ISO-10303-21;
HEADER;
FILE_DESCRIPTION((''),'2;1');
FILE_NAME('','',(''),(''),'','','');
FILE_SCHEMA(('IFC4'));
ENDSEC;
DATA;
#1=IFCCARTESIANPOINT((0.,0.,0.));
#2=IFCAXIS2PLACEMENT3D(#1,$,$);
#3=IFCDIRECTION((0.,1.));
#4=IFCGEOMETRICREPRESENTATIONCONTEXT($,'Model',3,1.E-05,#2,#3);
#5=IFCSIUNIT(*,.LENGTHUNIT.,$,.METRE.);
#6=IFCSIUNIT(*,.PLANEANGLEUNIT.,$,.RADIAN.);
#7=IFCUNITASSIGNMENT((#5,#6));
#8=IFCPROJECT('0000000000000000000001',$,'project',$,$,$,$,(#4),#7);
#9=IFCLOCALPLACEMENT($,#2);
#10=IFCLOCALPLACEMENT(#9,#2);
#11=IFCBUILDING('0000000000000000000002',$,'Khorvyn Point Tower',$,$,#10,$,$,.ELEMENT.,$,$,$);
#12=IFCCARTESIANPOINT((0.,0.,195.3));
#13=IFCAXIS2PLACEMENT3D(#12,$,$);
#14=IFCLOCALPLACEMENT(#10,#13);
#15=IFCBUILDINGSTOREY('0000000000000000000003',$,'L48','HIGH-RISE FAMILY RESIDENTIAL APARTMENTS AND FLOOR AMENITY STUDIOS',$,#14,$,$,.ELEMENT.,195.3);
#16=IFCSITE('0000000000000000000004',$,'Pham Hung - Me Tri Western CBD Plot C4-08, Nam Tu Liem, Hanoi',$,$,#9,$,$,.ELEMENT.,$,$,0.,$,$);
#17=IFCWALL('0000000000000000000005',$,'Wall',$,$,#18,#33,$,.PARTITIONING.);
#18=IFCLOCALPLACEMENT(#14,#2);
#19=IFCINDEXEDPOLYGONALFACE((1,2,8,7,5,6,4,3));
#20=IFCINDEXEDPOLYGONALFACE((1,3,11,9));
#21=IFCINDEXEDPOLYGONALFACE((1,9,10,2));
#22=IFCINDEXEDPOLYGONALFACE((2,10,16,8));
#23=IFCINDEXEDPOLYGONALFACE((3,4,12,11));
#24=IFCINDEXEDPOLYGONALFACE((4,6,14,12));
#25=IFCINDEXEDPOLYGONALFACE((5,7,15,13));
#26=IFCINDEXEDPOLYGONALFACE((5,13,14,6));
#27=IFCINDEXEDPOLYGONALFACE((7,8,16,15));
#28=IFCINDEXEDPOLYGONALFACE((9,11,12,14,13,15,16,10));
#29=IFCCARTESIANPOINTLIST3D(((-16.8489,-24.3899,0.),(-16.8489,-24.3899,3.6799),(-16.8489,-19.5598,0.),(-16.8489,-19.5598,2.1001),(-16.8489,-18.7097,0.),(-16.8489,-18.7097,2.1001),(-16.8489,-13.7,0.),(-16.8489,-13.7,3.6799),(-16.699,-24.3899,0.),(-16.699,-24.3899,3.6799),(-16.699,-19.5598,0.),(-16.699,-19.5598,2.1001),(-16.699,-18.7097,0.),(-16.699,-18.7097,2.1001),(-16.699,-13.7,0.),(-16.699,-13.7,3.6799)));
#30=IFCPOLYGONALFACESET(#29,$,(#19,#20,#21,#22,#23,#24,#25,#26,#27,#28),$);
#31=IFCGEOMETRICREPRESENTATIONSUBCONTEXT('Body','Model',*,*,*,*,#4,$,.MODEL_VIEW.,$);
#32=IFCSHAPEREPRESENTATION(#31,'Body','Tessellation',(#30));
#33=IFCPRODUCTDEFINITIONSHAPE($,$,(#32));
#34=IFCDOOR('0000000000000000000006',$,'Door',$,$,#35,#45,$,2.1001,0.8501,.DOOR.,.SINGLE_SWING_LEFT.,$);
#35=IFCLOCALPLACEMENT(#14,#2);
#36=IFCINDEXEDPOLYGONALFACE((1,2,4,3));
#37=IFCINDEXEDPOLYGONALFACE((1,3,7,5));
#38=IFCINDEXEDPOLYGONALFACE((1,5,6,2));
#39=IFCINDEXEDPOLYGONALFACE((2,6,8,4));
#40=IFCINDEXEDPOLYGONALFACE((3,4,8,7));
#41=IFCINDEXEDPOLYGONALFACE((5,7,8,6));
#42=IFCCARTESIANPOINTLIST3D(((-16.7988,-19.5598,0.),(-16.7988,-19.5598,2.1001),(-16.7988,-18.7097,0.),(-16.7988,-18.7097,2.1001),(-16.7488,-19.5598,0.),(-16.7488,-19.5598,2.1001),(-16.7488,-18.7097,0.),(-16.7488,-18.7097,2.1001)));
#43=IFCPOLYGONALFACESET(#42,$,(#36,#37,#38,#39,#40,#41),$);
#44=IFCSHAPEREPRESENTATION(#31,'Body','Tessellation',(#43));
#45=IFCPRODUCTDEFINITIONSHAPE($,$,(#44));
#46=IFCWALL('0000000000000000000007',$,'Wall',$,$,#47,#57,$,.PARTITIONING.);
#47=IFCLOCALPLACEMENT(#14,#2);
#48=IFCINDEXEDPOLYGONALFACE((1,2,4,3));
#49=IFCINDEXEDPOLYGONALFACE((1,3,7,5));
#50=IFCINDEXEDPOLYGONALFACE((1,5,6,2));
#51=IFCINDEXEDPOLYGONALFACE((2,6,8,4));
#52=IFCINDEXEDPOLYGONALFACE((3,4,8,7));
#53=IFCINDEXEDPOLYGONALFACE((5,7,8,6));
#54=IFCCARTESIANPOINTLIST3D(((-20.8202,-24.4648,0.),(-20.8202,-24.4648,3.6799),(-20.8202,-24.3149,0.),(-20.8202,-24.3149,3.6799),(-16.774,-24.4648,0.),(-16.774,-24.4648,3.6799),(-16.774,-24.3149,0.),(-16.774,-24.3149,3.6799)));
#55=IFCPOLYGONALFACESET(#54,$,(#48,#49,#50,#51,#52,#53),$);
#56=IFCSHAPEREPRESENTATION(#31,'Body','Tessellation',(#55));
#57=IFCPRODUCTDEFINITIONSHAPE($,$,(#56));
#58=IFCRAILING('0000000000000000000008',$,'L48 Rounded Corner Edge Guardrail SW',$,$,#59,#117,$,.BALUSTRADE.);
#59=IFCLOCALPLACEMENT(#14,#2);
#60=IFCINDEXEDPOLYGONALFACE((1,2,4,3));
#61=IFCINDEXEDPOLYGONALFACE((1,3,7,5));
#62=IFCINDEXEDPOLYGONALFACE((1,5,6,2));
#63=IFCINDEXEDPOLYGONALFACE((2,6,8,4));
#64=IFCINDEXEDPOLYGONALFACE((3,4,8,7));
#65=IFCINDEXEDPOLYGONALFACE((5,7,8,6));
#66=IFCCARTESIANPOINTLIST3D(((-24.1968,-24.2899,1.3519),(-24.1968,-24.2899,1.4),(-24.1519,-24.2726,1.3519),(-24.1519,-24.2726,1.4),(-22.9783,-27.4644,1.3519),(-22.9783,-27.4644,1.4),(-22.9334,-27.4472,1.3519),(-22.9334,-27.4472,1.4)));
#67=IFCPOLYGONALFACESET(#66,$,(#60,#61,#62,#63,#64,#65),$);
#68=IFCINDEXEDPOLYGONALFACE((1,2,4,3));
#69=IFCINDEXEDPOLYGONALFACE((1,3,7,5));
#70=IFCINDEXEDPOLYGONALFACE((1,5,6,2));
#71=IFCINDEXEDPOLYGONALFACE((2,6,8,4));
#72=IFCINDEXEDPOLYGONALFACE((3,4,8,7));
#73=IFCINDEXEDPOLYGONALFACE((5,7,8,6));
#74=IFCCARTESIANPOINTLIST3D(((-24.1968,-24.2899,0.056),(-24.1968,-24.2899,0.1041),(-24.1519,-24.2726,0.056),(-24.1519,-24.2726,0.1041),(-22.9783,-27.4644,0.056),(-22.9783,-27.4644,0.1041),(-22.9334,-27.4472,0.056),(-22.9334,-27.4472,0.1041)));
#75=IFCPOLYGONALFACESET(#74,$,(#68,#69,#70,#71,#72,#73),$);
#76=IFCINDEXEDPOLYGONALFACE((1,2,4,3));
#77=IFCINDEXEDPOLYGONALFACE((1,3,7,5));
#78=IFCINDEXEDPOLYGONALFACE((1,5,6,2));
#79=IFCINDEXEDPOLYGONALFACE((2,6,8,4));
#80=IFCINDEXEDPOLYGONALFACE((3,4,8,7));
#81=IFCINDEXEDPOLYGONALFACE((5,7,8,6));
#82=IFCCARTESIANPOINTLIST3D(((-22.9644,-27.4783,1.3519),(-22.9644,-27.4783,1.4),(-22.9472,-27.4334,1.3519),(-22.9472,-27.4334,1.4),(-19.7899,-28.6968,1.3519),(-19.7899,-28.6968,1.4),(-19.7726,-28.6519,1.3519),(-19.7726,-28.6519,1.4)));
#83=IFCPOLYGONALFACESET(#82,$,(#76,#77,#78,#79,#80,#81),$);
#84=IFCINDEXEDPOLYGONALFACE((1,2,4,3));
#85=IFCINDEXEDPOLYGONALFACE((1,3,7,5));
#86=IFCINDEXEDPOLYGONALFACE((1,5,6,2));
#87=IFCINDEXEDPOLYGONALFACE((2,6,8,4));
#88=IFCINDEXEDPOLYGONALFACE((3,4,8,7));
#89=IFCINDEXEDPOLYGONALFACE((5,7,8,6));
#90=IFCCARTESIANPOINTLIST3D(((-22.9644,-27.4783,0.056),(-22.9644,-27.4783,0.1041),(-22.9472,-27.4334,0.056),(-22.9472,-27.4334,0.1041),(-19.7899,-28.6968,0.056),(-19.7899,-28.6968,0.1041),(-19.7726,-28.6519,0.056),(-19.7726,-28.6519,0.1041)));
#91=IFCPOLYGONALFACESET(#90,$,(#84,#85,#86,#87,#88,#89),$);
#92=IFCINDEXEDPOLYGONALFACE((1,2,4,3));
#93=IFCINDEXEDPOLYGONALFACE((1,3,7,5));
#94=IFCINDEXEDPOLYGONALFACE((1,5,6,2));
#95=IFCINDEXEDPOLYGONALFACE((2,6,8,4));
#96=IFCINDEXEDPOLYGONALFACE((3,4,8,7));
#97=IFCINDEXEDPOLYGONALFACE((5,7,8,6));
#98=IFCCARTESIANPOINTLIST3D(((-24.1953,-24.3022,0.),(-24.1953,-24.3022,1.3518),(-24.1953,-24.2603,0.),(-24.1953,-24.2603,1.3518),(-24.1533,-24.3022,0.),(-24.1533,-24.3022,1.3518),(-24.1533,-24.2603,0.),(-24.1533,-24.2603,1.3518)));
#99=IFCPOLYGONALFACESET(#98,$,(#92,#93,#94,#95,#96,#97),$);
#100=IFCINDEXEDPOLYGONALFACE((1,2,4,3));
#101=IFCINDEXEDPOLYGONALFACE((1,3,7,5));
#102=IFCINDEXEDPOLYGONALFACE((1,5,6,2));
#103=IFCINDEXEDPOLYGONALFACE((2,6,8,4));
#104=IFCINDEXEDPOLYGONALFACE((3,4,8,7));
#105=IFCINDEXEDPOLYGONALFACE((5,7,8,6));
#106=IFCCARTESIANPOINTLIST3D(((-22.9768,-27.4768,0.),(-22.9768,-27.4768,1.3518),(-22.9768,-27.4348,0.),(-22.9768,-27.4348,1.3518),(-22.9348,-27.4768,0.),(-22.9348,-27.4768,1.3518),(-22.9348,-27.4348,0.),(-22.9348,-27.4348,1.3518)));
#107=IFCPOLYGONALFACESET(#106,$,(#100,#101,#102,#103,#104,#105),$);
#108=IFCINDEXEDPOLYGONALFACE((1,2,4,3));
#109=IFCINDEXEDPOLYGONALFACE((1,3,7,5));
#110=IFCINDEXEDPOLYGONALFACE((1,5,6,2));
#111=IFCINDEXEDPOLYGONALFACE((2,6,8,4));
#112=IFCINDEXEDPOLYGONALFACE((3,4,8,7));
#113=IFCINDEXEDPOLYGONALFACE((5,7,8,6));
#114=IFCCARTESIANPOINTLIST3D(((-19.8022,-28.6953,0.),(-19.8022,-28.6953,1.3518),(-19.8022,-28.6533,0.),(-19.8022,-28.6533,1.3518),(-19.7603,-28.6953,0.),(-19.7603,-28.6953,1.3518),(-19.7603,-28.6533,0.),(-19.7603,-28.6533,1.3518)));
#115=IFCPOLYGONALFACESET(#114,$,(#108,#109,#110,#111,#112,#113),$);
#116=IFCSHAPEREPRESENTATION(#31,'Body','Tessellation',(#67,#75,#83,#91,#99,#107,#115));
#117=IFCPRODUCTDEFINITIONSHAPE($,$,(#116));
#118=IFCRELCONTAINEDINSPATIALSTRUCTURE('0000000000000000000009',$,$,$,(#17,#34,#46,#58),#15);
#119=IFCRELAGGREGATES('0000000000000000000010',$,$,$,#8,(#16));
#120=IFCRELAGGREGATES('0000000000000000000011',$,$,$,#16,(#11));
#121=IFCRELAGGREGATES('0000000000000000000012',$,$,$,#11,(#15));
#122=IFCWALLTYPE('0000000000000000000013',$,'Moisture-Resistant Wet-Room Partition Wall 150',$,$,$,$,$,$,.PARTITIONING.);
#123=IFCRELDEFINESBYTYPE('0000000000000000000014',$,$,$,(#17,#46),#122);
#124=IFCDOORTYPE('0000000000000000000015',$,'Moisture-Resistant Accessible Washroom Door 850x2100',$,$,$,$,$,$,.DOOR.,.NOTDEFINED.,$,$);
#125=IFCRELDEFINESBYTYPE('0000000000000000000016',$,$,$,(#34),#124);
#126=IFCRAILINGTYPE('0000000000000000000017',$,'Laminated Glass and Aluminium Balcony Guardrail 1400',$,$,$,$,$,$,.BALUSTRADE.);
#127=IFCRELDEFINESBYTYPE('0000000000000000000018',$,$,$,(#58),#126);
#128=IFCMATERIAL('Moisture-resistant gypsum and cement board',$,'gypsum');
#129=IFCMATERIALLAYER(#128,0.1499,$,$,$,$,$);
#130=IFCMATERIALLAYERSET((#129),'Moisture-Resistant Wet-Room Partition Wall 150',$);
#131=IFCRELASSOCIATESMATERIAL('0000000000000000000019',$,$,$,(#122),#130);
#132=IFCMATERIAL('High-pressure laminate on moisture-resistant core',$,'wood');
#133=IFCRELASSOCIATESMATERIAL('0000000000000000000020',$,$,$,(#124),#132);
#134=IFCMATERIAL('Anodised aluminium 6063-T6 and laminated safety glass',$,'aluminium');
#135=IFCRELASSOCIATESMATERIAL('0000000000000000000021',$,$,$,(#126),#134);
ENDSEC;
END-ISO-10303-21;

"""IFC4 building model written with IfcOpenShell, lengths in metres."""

from ifc_helpers import new_model, si_unit, direction, frame, frame_2d, origin, origin_2d, place, context, subcontext, project, spatial, rectangle, extrude, material, layer, layer_set, type_object, element, fill, save


model = new_model("IFC4")

# Units and contexts
model_context = context("Model", 3, precision=1e-05, world=origin(), true_north=direction((0.0, 1.0)))
body_context = subcontext(model_context, "Body", "Model", "MODEL_VIEW")
ifc_project = project(units=[si_unit("LENGTHUNIT", "METRE"), si_unit("PLANEANGLEUNIT", "RADIAN")], contexts=[model_context])

# Site, building, storey
site_placement = place(None, origin())
site = spatial("IfcSite", under=ifc_project, at=site_placement, Name="Pham Hung - Me Tri Western CBD Plot C4-08, Nam Tu Liem, Hanoi", CompositionType="ELEMENT", RefElevation=0.0)
building_placement = place(site_placement, origin())
building = spatial("IfcBuilding", under=site, at=building_placement, Name="Khorvyn Point Tower", CompositionType="ELEMENT")
storey_placement = place(building_placement, frame((0.0, 0.0, 195.3)))
storey = spatial("IfcBuildingStorey", under=building, at=storey_placement, Name="L48", Description="HIGH-RISE FAMILY RESIDENTIAL APARTMENTS AND FLOOR AMENITY STUDIOS", CompositionType="ELEMENT", Elevation=195.3)

# Wall, opening, door
ifc_material_1 = material(Name="Moisture-resistant gypsum and cement board", Category="gypsum")
ifc_layer_1 = layer(ifc_material_1, 0.1499)
ifc_layer_set_1 = layer_set([ifc_layer_1], Name="Moisture-Resistant Wet-Room Partition Wall 150")
wall_type_1 = type_object("IfcWallType", Name="Moisture-Resistant Wet-Room Partition Wall 150", PredefinedType="PARTITIONING", material=ifc_layer_set_1)
wall_1_placement = place(storey_placement, frame((-16.7739, -24.3899, 0.0), z_axis=(0.0, 0.0, 1.0), x_axis=(0.0, 1.0, 0.0)))
wall_1 = element("IfcWall", 1, at=wall_1_placement, inside=storey, type_object=wall_type_1, Name="Wall", PredefinedType="PARTITIONING", context=body_context, shape_type="SweptSolid", body=[
    extrude(rectangle(XDim=10.6899, YDim=0.1499, at=frame_2d((5.345, 0.0))), origin(), (0.0, 0.0, 1.0), 3.6799),
])
opening_1_placement = place(wall_1_placement, frame((4.8301, 0.0, 0.0)))
opening_1 = element("IfcOpeningElement", 2, at=opening_1_placement, cuts=wall_1, PredefinedType="OPENING", context=body_context, shape_type="SweptSolid", body=[
    extrude(rectangle(XDim=0.8501, YDim=2.1001, at=frame_2d((0.425, 1.05))), frame((0.0, 0.085, 0.0), z_axis=(0.0, -1.0, 0.0), x_axis=(1.0, 0.0, 0.0)), (0.0, 0.0, 1.0), 0.1699),
])
ifc_material_2 = material(Name="High-pressure laminate on moisture-resistant core", Category="wood")
door_type_1 = type_object("IfcDoorType", Name="Moisture-Resistant Accessible Washroom Door 850x2100", OperationType="NOTDEFINED", PredefinedType="DOOR", material=ifc_material_2)
door_1_placement = place(opening_1_placement, origin())
door_1 = element("IfcDoor", 3, at=door_1_placement, inside=storey, type_object=door_type_1, Name="Door", OperationType="SINGLE_SWING_LEFT", OverallHeight=2.1001, OverallWidth=0.8501, PredefinedType="DOOR", context=body_context, shape_type="SweptSolid", body=[
    extrude(rectangle(XDim=0.8501, YDim=2.1001, at=frame_2d((0.425, 1.05))), frame((0.0, 0.0249, 0.0), z_axis=(0.0, -1.0, 0.0), x_axis=(1.0, 0.0, 0.0)), (0.0, 0.0, 1.0), 0.05),
])
fill(opening_1, door_1)

# Wall
wall_2_placement = place(storey_placement, frame((-20.8201, -24.3899, 0.0), z_axis=(0.0, 0.0, 1.0), x_axis=(1.0, 0.0, 0.0)))
element("IfcWall", 4, at=wall_2_placement, inside=storey, type_object=wall_type_1, Name="Wall", PredefinedType="PARTITIONING", context=body_context, shape_type="SweptSolid", body=[
    extrude(rectangle(XDim=4.0461, YDim=0.1499, at=frame_2d((2.0229, 0.0))), origin(), (0.0, 0.0, 1.0), 3.6799),
])

# Railing
ifc_material_3 = material(Name="Anodised aluminium 6063-T6 and laminated safety glass", Category="aluminium")
railing_type = type_object("IfcRailingType", Name="Laminated Glass and Aluminium Balcony Guardrail 1400", PredefinedType="BALUSTRADE", material=ifc_material_3)
railing_placement = place(storey_placement, frame((-24.1743, -24.2812, 0.0)))
element("IfcRailing", 5, at=railing_placement, inside=storey, type_object=railing_type, Name="L48 Rounded Corner Edge Guardrail SW", PredefinedType="BALUSTRADE", context=body_context, shape_type="SweptSolid", body=[
    extrude(rectangle(XDim=0.0481, YDim=0.0481, at=origin_2d()), frame((0.0, 0.0, 1.376), z_axis=(0.358344, -0.93359, 0.0), x_axis=(0.93359, 0.358344, 0.0)), (0.0, 0.0, 1.0), 3.4004),
    extrude(rectangle(XDim=0.0481, YDim=0.0481, at=origin_2d()), frame((0.0, 0.0, 0.0801), z_axis=(0.358344, -0.93359, 0.0), x_axis=(0.93359, 0.358344, 0.0)), (0.0, 0.0, 1.0), 3.4004),
    extrude(rectangle(XDim=0.0481, YDim=0.0481, at=origin_2d()), frame((1.2185, -3.1746, 1.376), z_axis=(0.93359, -0.358344, 0.0), x_axis=(0.358344, 0.93359, 0.0)), (0.0, 0.0, 1.0), 3.4004),
    extrude(rectangle(XDim=0.0481, YDim=0.0481, at=origin_2d()), frame((1.2185, -3.1746, 0.0801), z_axis=(0.93359, -0.358344, 0.0), x_axis=(0.358344, 0.93359, 0.0)), (0.0, 0.0, 1.0), 3.4004),
    extrude(rectangle(XDim=0.042, YDim=0.042, at=origin_2d()), origin(), (0.0, 0.0, 1.0), 1.3518),
    extrude(rectangle(XDim=0.042, YDim=0.042, at=origin_2d()), frame((1.2185, -3.1746, 0.0)), (0.0, 0.0, 1.0), 1.3518),
    extrude(rectangle(XDim=0.042, YDim=0.042, at=origin_2d()), frame((4.3931, -4.3931, 0.0)), (0.0, 0.0, 1.0), 1.3518),
])

save(model, "model.ifc")
